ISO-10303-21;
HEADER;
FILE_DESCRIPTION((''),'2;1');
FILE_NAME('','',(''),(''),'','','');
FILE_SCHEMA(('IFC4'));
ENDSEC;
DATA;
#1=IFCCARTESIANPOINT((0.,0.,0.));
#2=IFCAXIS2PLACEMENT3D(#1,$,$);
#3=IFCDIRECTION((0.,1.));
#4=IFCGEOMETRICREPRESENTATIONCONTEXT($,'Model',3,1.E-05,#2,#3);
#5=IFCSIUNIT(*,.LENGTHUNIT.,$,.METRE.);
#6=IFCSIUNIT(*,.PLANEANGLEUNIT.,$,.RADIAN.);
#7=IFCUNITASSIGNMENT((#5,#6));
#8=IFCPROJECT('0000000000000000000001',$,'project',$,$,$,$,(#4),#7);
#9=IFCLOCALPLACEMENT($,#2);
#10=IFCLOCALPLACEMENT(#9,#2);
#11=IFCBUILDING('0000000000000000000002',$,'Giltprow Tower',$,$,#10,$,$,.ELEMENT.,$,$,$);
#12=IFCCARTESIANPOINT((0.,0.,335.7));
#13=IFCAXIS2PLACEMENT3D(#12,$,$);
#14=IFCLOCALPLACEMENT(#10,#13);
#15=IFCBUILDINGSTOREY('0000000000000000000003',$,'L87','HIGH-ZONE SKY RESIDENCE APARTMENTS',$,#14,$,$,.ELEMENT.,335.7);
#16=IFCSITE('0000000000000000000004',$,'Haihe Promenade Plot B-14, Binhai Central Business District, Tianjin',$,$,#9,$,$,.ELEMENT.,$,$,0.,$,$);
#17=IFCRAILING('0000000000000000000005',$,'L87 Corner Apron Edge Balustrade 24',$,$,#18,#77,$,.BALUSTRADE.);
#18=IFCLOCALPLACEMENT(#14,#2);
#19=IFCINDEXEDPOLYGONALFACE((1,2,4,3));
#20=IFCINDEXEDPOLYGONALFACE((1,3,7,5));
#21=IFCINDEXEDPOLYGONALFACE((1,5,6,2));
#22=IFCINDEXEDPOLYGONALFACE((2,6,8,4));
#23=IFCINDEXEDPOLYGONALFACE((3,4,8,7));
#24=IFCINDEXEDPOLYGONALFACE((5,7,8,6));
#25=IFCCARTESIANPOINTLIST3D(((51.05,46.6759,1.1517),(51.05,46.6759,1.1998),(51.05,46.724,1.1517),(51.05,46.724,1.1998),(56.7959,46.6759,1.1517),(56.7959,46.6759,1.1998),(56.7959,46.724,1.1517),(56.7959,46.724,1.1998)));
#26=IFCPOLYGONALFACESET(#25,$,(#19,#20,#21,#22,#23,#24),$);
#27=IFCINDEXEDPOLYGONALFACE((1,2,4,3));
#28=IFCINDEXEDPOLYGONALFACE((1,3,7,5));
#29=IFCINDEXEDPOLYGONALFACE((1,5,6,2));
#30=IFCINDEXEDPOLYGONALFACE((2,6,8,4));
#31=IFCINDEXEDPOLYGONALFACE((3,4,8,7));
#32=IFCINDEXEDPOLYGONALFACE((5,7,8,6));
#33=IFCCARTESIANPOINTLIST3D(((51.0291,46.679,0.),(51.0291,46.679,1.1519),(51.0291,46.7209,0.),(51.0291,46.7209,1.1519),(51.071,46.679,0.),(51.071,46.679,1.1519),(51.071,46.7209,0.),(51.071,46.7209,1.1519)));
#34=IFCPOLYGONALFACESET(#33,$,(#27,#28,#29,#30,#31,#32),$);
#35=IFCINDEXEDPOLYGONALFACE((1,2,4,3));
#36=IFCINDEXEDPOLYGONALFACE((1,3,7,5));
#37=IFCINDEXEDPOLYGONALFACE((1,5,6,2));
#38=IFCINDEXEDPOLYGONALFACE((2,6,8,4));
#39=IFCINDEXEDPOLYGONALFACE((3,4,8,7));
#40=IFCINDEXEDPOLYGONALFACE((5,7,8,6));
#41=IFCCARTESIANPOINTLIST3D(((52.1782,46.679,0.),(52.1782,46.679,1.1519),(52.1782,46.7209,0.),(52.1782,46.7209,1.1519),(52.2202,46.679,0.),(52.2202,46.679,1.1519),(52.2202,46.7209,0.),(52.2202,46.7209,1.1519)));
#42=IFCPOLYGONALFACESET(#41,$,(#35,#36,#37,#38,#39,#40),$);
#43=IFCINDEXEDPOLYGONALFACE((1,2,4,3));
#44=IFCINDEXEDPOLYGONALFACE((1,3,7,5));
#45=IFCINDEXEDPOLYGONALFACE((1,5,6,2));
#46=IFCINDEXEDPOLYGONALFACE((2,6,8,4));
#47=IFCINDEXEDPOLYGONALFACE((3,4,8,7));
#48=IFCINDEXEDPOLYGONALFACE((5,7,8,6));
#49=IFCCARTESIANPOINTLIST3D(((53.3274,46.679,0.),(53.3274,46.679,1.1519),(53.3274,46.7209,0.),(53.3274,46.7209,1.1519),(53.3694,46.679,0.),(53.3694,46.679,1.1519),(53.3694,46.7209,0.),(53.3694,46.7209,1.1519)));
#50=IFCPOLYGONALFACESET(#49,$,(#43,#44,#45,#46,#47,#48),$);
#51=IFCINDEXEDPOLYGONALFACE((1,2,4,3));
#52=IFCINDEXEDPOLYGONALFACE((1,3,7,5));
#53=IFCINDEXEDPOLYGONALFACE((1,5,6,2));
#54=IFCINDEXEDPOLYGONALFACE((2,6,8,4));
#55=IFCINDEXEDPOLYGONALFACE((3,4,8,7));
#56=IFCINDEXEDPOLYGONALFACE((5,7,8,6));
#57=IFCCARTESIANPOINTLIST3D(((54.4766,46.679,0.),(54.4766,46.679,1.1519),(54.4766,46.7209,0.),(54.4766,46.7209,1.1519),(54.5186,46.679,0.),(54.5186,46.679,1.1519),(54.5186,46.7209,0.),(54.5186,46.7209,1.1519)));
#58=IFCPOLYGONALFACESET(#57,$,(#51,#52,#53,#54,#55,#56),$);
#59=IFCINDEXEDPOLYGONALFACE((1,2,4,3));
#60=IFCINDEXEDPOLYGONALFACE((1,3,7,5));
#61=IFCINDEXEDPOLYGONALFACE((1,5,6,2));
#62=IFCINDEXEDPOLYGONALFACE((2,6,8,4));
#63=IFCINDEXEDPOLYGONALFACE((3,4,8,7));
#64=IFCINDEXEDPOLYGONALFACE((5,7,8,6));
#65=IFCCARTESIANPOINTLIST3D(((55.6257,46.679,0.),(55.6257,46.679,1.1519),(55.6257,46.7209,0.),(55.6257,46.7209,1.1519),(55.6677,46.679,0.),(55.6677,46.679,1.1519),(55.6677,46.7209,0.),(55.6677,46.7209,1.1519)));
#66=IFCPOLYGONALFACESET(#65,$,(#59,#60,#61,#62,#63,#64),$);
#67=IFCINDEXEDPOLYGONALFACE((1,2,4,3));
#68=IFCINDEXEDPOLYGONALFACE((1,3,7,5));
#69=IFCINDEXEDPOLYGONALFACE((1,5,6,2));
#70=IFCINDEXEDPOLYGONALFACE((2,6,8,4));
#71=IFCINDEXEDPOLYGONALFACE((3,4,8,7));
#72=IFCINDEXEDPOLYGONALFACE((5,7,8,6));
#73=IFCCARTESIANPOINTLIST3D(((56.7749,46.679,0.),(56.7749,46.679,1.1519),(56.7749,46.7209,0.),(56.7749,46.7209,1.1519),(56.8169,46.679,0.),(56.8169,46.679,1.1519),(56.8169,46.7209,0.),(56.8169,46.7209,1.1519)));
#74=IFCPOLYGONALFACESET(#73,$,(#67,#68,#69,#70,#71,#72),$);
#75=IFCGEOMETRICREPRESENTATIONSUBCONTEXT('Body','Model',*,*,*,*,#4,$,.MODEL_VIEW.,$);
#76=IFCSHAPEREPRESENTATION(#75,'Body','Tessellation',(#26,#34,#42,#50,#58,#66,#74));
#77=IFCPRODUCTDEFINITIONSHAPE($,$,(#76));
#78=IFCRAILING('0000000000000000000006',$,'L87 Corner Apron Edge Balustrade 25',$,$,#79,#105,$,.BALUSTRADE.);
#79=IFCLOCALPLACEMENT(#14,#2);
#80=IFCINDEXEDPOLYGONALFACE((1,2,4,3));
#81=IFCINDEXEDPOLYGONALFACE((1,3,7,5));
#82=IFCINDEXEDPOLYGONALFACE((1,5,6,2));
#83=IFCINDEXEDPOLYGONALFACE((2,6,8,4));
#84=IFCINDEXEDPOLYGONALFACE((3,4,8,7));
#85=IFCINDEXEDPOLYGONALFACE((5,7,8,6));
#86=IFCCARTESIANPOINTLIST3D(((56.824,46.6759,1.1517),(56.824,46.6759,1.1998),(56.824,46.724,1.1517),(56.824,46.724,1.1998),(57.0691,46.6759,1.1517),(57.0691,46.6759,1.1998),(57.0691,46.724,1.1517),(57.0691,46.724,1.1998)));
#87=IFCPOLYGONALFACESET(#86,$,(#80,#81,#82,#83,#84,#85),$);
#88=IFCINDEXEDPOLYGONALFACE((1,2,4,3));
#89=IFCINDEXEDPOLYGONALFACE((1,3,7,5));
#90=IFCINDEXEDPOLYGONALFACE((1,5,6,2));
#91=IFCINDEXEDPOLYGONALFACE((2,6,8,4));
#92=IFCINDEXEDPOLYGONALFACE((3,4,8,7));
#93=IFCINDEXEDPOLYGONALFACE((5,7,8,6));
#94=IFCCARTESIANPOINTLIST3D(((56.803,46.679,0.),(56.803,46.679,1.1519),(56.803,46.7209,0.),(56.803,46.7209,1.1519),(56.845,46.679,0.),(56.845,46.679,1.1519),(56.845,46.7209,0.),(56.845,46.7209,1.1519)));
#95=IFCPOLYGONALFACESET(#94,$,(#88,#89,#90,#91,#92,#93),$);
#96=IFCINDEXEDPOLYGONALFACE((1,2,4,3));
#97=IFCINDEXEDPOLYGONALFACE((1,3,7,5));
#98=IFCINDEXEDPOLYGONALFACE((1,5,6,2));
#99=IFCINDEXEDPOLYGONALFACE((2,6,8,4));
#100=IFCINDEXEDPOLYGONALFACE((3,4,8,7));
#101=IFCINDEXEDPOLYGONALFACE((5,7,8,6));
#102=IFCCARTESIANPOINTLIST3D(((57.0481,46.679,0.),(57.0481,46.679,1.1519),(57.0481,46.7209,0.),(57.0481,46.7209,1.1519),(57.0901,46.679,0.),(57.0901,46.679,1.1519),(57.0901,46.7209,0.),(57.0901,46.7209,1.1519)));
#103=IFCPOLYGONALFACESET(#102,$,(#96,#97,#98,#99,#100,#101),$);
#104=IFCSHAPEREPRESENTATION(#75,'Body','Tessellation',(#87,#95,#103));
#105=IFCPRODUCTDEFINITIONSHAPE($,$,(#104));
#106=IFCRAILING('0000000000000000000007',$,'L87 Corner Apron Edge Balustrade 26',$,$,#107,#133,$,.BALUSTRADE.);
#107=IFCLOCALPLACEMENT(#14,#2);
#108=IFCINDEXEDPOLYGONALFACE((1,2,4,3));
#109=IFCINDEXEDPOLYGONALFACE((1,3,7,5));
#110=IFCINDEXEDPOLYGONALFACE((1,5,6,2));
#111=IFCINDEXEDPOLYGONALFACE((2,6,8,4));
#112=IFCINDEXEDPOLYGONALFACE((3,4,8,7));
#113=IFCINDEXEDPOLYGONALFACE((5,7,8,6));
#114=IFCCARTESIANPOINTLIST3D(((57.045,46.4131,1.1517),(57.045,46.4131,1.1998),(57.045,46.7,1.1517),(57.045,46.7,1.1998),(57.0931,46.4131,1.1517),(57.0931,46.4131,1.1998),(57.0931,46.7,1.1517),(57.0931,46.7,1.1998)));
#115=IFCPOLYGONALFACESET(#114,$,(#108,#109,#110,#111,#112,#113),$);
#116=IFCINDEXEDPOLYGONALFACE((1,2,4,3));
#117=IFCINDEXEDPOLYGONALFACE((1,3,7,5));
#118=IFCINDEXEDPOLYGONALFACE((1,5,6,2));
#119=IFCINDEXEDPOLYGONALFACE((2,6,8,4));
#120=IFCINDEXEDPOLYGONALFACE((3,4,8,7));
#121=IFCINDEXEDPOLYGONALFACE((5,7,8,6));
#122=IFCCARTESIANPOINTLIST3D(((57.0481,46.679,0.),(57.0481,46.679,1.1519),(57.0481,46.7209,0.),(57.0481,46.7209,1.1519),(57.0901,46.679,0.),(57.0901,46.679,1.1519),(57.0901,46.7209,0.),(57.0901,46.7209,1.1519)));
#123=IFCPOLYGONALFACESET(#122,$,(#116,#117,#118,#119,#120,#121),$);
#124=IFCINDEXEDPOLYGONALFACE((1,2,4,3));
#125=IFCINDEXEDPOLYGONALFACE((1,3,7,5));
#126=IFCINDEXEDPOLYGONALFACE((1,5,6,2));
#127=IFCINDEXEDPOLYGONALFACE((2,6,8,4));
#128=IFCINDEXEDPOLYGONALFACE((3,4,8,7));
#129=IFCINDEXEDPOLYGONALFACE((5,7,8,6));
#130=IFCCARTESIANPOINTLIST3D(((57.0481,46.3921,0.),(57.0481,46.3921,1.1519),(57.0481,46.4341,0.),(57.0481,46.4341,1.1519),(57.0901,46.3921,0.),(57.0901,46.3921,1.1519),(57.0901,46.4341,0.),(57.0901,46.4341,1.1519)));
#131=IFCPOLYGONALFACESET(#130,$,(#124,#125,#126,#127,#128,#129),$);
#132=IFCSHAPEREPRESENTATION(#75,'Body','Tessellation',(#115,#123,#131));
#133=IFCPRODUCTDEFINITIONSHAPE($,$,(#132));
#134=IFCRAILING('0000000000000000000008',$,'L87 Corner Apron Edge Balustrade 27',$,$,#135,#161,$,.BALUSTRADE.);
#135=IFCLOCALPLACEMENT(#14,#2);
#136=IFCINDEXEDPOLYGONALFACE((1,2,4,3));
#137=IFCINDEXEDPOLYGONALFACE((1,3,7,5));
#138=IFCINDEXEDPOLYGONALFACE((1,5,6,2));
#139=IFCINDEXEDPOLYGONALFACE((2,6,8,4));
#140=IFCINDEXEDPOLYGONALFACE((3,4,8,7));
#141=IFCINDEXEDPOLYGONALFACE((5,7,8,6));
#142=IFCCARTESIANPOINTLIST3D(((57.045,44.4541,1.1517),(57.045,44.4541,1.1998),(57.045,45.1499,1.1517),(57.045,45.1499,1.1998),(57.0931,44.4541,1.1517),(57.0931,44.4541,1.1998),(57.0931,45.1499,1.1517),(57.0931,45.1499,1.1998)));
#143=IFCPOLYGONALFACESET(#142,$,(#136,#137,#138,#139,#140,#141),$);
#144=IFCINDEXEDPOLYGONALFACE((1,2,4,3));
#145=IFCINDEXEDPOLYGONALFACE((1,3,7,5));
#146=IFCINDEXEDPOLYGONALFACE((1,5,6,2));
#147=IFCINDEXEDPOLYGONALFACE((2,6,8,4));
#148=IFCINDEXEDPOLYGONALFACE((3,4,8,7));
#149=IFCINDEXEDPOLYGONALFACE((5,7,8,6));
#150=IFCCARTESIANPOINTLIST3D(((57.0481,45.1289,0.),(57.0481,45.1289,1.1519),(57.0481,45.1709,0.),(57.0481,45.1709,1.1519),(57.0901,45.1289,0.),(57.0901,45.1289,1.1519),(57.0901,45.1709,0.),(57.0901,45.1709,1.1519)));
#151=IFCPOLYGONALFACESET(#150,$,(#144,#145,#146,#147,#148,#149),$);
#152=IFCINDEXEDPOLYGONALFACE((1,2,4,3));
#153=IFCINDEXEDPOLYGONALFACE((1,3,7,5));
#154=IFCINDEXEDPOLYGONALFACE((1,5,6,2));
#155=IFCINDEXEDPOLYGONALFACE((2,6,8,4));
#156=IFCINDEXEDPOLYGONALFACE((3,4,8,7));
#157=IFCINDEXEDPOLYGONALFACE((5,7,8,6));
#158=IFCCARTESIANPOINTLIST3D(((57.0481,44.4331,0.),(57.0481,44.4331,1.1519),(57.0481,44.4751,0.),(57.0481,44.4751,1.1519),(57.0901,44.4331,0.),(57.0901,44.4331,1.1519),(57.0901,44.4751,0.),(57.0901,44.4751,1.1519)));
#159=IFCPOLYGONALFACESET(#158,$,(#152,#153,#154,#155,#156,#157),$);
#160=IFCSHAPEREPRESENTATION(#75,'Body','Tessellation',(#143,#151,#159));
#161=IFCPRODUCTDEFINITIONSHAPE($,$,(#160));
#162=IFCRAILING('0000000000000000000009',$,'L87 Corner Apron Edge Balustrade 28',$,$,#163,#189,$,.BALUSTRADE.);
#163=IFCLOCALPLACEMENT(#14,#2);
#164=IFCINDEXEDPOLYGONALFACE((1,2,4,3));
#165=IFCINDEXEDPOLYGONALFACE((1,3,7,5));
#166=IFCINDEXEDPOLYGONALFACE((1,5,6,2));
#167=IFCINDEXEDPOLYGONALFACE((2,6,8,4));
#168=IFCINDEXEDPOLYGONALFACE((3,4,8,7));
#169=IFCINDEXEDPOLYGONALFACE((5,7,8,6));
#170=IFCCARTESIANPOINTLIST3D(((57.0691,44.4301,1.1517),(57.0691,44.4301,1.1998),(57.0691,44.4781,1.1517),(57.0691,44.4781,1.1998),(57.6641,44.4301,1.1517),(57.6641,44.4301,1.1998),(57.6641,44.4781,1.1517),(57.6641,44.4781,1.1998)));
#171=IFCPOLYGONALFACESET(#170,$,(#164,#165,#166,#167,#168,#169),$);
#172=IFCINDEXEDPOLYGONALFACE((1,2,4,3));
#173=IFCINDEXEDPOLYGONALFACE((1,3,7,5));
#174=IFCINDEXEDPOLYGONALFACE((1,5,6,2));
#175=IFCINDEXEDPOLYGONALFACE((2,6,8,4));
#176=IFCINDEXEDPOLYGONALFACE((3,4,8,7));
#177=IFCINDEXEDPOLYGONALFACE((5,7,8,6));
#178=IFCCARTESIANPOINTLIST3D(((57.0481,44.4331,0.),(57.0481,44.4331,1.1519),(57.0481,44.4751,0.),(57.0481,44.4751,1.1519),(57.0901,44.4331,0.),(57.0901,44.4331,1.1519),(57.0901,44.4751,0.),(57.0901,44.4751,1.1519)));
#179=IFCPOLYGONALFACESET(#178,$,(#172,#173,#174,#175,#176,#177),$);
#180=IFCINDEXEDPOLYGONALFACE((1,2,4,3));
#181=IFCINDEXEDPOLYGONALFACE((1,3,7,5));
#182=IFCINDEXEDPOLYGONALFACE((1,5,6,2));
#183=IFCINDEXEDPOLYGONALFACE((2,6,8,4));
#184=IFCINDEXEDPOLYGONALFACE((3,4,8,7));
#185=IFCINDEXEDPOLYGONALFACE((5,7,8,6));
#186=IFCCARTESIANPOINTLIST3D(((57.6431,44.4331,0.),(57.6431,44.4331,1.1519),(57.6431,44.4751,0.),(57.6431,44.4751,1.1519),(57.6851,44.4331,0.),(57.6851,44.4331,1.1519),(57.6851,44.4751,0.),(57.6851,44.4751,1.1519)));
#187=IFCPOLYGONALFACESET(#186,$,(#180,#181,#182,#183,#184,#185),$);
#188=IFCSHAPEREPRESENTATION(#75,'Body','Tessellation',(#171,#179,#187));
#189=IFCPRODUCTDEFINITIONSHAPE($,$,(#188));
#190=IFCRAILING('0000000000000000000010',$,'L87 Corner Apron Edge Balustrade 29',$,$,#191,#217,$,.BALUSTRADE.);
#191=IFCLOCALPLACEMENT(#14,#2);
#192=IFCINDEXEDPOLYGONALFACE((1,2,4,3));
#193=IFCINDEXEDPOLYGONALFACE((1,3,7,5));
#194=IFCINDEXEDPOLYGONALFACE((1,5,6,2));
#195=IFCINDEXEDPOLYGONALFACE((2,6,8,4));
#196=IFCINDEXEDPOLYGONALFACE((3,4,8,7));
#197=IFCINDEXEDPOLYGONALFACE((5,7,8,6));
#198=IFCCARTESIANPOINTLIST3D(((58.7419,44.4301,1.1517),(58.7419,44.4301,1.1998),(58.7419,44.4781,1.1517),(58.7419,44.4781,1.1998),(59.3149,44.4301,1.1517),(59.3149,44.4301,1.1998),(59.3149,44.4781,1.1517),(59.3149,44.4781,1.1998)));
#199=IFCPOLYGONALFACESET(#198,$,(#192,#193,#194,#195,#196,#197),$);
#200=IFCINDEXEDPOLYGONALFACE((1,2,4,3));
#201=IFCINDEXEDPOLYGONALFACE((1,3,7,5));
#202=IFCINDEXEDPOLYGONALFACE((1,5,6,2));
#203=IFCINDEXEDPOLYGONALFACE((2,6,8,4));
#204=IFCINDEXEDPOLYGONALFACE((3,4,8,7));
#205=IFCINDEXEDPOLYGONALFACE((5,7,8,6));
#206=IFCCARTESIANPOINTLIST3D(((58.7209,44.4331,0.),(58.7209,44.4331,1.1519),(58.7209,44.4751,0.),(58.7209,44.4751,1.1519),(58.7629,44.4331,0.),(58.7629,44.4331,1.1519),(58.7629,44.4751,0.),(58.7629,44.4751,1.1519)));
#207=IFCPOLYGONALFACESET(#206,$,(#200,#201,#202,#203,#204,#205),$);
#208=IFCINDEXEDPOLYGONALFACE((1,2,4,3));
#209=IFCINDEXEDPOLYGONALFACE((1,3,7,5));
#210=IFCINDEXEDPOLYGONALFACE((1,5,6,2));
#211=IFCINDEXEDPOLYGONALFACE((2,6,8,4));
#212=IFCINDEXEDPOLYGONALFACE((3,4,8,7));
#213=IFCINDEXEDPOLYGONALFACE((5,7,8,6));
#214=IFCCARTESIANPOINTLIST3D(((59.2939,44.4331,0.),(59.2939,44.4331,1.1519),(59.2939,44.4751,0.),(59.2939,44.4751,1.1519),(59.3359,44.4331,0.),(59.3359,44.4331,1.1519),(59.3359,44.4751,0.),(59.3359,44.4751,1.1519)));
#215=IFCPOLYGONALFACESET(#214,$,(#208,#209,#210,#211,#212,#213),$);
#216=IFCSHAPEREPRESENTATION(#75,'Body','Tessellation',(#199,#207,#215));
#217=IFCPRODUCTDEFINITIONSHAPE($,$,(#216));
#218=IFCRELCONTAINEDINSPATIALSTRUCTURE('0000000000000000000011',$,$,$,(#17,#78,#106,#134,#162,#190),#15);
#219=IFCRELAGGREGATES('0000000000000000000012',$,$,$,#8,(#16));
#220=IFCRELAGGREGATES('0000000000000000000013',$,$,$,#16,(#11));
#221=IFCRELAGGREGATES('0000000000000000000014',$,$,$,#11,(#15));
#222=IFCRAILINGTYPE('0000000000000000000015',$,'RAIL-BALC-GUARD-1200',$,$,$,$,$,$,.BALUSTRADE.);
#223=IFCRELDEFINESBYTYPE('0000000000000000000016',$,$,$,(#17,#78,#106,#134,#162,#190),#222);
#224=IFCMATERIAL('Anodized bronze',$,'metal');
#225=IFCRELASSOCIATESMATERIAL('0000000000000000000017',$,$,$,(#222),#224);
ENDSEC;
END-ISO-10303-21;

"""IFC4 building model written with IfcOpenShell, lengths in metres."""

from ifc_helpers import new_model, si_unit, direction, frame, origin, origin_2d, place, context, subcontext, project, spatial, rectangle, extrude, material, type_object, element, save


model = new_model("IFC4")

# Units and contexts
model_context = context("Model", 3, precision=1e-05, world=origin(), true_north=direction((0.0, 1.0)))
body_context = subcontext(model_context, "Body", "Model", "MODEL_VIEW")
ifc_project = project(units=[si_unit("LENGTHUNIT", "METRE"), si_unit("PLANEANGLEUNIT", "RADIAN")], contexts=[model_context])

# Site, building, storey
site_placement = place(None, origin())
site = spatial("IfcSite", under=ifc_project, at=site_placement, Name="Haihe Promenade Plot B-14, Binhai Central Business District, Tianjin", CompositionType="ELEMENT", RefElevation=0.0)
building_placement = place(site_placement, origin())
building = spatial("IfcBuilding", under=site, at=building_placement, Name="Giltprow Tower", CompositionType="ELEMENT")
storey_placement = place(building_placement, frame((0.0, 0.0, 335.7)))
storey = spatial("IfcBuildingStorey", under=building, at=storey_placement, Name="L87", Description="HIGH-ZONE SKY RESIDENCE APARTMENTS", CompositionType="ELEMENT", Elevation=335.7)

# Railings
ifc_material_1 = material(Name="Anodized bronze", Category="metal")
railing_type = type_object("IfcRailingType", Name="RAIL-BALC-GUARD-1200", PredefinedType="BALUSTRADE", material=ifc_material_1)
railing_1_placement = place(storey_placement, frame((51.05, 46.7, 0.0)))
element("IfcRailing", 1, at=railing_1_placement, inside=storey, type_object=railing_type, Name="L87 Corner Apron Edge Balustrade 24", PredefinedType="BALUSTRADE", context=body_context, shape_type="SweptSolid", body=[
    extrude(rectangle(XDim=0.0481, YDim=0.0481, at=origin_2d()), frame((0.0, 0.0, 1.1758), z_axis=(1.0, 0.0, 0.0), x_axis=(0.0, 1.0, 0.0)), (0.0, 0.0, 1.0), 5.7458),
    extrude(rectangle(XDim=0.042, YDim=0.042, at=origin_2d()), origin(), (0.0, 0.0, 1.0), 1.1519),
    extrude(rectangle(XDim=0.042, YDim=0.042, at=origin_2d()), frame((1.1492, 0.0, 0.0)), (0.0, 0.0, 1.0), 1.1519),
    extrude(rectangle(XDim=0.042, YDim=0.042, at=origin_2d()), frame((2.2983, 0.0, 0.0)), (0.0, 0.0, 1.0), 1.1519),
    extrude(rectangle(XDim=0.042, YDim=0.042, at=origin_2d()), frame((3.4475, 0.0, 0.0)), (0.0, 0.0, 1.0), 1.1519),
    extrude(rectangle(XDim=0.042, YDim=0.042, at=origin_2d()), frame((4.5967, 0.0, 0.0)), (0.0, 0.0, 1.0), 1.1519),
    extrude(rectangle(XDim=0.042, YDim=0.042, at=origin_2d()), frame((5.7458, 0.0, 0.0)), (0.0, 0.0, 1.0), 1.1519),
])
railing_2_placement = place(storey_placement, frame((56.824, 46.7, 0.0)))
element("IfcRailing", 2, at=railing_2_placement, inside=storey, type_object=railing_type, Name="L87 Corner Apron Edge Balustrade 25", PredefinedType="BALUSTRADE", context=body_context, shape_type="SweptSolid", body=[
    extrude(rectangle(XDim=0.0481, YDim=0.0481, at=origin_2d()), frame((0.0, 0.0, 1.1758), z_axis=(1.0, 0.0, 0.0), x_axis=(0.0, 1.0, 0.0)), (0.0, 0.0, 1.0), 0.2451),
    extrude(rectangle(XDim=0.042, YDim=0.042, at=origin_2d()), origin(), (0.0, 0.0, 1.0), 1.1519),
    extrude(rectangle(XDim=0.042, YDim=0.042, at=origin_2d()), frame((0.2451, 0.0, 0.0)), (0.0, 0.0, 1.0), 1.1519),
])
railing_3_placement = place(storey_placement, frame((57.0691, 46.7, 0.0)))
element("IfcRailing", 3, at=railing_3_placement, inside=storey, type_object=railing_type, Name="L87 Corner Apron Edge Balustrade 26", PredefinedType="BALUSTRADE", context=body_context, shape_type="SweptSolid", body=[
    extrude(rectangle(XDim=0.0481, YDim=0.0481, at=origin_2d()), frame((0.0, 0.0, 1.1758), z_axis=(0.0, -1.0, 0.0), x_axis=(1.0, 0.0, 0.0)), (0.0, 0.0, 1.0), 0.2869),
    extrude(rectangle(XDim=0.042, YDim=0.042, at=origin_2d()), origin(), (0.0, 0.0, 1.0), 1.1519),
    extrude(rectangle(XDim=0.042, YDim=0.042, at=origin_2d()), frame((0.0, -0.2869, 0.0)), (0.0, 0.0, 1.0), 1.1519),
])
railing_4_placement = place(storey_placement, frame((57.0691, 45.1499, 0.0)))
element("IfcRailing", 4, at=railing_4_placement, inside=storey, type_object=railing_type, Name="L87 Corner Apron Edge Balustrade 27", PredefinedType="BALUSTRADE", context=body_context, shape_type="SweptSolid", body=[
    extrude(rectangle(XDim=0.0481, YDim=0.0481, at=origin_2d()), frame((0.0, 0.0, 1.1758), z_axis=(0.0, -1.0, 0.0), x_axis=(1.0, 0.0, 0.0)), (0.0, 0.0, 1.0), 0.6958),
    extrude(rectangle(XDim=0.042, YDim=0.042, at=origin_2d()), origin(), (0.0, 0.0, 1.0), 1.1519),
    extrude(rectangle(XDim=0.042, YDim=0.042, at=origin_2d()), frame((0.0, -0.6958, 0.0)), (0.0, 0.0, 1.0), 1.1519),
])
railing_5_placement = place(storey_placement, frame((57.0691, 44.4541, 0.0)))
element("IfcRailing", 5, at=railing_5_placement, inside=storey, type_object=railing_type, Name="L87 Corner Apron Edge Balustrade 28", PredefinedType="BALUSTRADE", context=body_context, shape_type="SweptSolid", body=[
    extrude(rectangle(XDim=0.0481, YDim=0.0481, at=origin_2d()), frame((0.0, 0.0, 1.1758), z_axis=(1.0, 0.0, 0.0), x_axis=(0.0, 1.0, 0.0)), (0.0, 0.0, 1.0), 0.595),
    extrude(rectangle(XDim=0.042, YDim=0.042, at=origin_2d()), origin(), (0.0, 0.0, 1.0), 1.1519),
    extrude(rectangle(XDim=0.042, YDim=0.042, at=origin_2d()), frame((0.595, 0.0, 0.0)), (0.0, 0.0, 1.0), 1.1519),
])
railing_6_placement = place(storey_placement, frame((58.7419, 44.4541, 0.0)))
element("IfcRailing", 6, at=railing_6_placement, inside=storey, type_object=railing_type, Name="L87 Corner Apron Edge Balustrade 29", PredefinedType="BALUSTRADE", context=body_context, shape_type="SweptSolid", body=[
    extrude(rectangle(XDim=0.0481, YDim=0.0481, at=origin_2d()), frame((0.0, 0.0, 1.1758), z_axis=(1.0, 0.0, 0.0), x_axis=(0.0, 1.0, 0.0)), (0.0, 0.0, 1.0), 0.573),
    extrude(rectangle(XDim=0.042, YDim=0.042, at=origin_2d()), origin(), (0.0, 0.0, 1.0), 1.1519),
    extrude(rectangle(XDim=0.042, YDim=0.042, at=origin_2d()), frame((0.573, 0.0, 0.0)), (0.0, 0.0, 1.0), 1.1519),
])

save(model, "model.ifc")
